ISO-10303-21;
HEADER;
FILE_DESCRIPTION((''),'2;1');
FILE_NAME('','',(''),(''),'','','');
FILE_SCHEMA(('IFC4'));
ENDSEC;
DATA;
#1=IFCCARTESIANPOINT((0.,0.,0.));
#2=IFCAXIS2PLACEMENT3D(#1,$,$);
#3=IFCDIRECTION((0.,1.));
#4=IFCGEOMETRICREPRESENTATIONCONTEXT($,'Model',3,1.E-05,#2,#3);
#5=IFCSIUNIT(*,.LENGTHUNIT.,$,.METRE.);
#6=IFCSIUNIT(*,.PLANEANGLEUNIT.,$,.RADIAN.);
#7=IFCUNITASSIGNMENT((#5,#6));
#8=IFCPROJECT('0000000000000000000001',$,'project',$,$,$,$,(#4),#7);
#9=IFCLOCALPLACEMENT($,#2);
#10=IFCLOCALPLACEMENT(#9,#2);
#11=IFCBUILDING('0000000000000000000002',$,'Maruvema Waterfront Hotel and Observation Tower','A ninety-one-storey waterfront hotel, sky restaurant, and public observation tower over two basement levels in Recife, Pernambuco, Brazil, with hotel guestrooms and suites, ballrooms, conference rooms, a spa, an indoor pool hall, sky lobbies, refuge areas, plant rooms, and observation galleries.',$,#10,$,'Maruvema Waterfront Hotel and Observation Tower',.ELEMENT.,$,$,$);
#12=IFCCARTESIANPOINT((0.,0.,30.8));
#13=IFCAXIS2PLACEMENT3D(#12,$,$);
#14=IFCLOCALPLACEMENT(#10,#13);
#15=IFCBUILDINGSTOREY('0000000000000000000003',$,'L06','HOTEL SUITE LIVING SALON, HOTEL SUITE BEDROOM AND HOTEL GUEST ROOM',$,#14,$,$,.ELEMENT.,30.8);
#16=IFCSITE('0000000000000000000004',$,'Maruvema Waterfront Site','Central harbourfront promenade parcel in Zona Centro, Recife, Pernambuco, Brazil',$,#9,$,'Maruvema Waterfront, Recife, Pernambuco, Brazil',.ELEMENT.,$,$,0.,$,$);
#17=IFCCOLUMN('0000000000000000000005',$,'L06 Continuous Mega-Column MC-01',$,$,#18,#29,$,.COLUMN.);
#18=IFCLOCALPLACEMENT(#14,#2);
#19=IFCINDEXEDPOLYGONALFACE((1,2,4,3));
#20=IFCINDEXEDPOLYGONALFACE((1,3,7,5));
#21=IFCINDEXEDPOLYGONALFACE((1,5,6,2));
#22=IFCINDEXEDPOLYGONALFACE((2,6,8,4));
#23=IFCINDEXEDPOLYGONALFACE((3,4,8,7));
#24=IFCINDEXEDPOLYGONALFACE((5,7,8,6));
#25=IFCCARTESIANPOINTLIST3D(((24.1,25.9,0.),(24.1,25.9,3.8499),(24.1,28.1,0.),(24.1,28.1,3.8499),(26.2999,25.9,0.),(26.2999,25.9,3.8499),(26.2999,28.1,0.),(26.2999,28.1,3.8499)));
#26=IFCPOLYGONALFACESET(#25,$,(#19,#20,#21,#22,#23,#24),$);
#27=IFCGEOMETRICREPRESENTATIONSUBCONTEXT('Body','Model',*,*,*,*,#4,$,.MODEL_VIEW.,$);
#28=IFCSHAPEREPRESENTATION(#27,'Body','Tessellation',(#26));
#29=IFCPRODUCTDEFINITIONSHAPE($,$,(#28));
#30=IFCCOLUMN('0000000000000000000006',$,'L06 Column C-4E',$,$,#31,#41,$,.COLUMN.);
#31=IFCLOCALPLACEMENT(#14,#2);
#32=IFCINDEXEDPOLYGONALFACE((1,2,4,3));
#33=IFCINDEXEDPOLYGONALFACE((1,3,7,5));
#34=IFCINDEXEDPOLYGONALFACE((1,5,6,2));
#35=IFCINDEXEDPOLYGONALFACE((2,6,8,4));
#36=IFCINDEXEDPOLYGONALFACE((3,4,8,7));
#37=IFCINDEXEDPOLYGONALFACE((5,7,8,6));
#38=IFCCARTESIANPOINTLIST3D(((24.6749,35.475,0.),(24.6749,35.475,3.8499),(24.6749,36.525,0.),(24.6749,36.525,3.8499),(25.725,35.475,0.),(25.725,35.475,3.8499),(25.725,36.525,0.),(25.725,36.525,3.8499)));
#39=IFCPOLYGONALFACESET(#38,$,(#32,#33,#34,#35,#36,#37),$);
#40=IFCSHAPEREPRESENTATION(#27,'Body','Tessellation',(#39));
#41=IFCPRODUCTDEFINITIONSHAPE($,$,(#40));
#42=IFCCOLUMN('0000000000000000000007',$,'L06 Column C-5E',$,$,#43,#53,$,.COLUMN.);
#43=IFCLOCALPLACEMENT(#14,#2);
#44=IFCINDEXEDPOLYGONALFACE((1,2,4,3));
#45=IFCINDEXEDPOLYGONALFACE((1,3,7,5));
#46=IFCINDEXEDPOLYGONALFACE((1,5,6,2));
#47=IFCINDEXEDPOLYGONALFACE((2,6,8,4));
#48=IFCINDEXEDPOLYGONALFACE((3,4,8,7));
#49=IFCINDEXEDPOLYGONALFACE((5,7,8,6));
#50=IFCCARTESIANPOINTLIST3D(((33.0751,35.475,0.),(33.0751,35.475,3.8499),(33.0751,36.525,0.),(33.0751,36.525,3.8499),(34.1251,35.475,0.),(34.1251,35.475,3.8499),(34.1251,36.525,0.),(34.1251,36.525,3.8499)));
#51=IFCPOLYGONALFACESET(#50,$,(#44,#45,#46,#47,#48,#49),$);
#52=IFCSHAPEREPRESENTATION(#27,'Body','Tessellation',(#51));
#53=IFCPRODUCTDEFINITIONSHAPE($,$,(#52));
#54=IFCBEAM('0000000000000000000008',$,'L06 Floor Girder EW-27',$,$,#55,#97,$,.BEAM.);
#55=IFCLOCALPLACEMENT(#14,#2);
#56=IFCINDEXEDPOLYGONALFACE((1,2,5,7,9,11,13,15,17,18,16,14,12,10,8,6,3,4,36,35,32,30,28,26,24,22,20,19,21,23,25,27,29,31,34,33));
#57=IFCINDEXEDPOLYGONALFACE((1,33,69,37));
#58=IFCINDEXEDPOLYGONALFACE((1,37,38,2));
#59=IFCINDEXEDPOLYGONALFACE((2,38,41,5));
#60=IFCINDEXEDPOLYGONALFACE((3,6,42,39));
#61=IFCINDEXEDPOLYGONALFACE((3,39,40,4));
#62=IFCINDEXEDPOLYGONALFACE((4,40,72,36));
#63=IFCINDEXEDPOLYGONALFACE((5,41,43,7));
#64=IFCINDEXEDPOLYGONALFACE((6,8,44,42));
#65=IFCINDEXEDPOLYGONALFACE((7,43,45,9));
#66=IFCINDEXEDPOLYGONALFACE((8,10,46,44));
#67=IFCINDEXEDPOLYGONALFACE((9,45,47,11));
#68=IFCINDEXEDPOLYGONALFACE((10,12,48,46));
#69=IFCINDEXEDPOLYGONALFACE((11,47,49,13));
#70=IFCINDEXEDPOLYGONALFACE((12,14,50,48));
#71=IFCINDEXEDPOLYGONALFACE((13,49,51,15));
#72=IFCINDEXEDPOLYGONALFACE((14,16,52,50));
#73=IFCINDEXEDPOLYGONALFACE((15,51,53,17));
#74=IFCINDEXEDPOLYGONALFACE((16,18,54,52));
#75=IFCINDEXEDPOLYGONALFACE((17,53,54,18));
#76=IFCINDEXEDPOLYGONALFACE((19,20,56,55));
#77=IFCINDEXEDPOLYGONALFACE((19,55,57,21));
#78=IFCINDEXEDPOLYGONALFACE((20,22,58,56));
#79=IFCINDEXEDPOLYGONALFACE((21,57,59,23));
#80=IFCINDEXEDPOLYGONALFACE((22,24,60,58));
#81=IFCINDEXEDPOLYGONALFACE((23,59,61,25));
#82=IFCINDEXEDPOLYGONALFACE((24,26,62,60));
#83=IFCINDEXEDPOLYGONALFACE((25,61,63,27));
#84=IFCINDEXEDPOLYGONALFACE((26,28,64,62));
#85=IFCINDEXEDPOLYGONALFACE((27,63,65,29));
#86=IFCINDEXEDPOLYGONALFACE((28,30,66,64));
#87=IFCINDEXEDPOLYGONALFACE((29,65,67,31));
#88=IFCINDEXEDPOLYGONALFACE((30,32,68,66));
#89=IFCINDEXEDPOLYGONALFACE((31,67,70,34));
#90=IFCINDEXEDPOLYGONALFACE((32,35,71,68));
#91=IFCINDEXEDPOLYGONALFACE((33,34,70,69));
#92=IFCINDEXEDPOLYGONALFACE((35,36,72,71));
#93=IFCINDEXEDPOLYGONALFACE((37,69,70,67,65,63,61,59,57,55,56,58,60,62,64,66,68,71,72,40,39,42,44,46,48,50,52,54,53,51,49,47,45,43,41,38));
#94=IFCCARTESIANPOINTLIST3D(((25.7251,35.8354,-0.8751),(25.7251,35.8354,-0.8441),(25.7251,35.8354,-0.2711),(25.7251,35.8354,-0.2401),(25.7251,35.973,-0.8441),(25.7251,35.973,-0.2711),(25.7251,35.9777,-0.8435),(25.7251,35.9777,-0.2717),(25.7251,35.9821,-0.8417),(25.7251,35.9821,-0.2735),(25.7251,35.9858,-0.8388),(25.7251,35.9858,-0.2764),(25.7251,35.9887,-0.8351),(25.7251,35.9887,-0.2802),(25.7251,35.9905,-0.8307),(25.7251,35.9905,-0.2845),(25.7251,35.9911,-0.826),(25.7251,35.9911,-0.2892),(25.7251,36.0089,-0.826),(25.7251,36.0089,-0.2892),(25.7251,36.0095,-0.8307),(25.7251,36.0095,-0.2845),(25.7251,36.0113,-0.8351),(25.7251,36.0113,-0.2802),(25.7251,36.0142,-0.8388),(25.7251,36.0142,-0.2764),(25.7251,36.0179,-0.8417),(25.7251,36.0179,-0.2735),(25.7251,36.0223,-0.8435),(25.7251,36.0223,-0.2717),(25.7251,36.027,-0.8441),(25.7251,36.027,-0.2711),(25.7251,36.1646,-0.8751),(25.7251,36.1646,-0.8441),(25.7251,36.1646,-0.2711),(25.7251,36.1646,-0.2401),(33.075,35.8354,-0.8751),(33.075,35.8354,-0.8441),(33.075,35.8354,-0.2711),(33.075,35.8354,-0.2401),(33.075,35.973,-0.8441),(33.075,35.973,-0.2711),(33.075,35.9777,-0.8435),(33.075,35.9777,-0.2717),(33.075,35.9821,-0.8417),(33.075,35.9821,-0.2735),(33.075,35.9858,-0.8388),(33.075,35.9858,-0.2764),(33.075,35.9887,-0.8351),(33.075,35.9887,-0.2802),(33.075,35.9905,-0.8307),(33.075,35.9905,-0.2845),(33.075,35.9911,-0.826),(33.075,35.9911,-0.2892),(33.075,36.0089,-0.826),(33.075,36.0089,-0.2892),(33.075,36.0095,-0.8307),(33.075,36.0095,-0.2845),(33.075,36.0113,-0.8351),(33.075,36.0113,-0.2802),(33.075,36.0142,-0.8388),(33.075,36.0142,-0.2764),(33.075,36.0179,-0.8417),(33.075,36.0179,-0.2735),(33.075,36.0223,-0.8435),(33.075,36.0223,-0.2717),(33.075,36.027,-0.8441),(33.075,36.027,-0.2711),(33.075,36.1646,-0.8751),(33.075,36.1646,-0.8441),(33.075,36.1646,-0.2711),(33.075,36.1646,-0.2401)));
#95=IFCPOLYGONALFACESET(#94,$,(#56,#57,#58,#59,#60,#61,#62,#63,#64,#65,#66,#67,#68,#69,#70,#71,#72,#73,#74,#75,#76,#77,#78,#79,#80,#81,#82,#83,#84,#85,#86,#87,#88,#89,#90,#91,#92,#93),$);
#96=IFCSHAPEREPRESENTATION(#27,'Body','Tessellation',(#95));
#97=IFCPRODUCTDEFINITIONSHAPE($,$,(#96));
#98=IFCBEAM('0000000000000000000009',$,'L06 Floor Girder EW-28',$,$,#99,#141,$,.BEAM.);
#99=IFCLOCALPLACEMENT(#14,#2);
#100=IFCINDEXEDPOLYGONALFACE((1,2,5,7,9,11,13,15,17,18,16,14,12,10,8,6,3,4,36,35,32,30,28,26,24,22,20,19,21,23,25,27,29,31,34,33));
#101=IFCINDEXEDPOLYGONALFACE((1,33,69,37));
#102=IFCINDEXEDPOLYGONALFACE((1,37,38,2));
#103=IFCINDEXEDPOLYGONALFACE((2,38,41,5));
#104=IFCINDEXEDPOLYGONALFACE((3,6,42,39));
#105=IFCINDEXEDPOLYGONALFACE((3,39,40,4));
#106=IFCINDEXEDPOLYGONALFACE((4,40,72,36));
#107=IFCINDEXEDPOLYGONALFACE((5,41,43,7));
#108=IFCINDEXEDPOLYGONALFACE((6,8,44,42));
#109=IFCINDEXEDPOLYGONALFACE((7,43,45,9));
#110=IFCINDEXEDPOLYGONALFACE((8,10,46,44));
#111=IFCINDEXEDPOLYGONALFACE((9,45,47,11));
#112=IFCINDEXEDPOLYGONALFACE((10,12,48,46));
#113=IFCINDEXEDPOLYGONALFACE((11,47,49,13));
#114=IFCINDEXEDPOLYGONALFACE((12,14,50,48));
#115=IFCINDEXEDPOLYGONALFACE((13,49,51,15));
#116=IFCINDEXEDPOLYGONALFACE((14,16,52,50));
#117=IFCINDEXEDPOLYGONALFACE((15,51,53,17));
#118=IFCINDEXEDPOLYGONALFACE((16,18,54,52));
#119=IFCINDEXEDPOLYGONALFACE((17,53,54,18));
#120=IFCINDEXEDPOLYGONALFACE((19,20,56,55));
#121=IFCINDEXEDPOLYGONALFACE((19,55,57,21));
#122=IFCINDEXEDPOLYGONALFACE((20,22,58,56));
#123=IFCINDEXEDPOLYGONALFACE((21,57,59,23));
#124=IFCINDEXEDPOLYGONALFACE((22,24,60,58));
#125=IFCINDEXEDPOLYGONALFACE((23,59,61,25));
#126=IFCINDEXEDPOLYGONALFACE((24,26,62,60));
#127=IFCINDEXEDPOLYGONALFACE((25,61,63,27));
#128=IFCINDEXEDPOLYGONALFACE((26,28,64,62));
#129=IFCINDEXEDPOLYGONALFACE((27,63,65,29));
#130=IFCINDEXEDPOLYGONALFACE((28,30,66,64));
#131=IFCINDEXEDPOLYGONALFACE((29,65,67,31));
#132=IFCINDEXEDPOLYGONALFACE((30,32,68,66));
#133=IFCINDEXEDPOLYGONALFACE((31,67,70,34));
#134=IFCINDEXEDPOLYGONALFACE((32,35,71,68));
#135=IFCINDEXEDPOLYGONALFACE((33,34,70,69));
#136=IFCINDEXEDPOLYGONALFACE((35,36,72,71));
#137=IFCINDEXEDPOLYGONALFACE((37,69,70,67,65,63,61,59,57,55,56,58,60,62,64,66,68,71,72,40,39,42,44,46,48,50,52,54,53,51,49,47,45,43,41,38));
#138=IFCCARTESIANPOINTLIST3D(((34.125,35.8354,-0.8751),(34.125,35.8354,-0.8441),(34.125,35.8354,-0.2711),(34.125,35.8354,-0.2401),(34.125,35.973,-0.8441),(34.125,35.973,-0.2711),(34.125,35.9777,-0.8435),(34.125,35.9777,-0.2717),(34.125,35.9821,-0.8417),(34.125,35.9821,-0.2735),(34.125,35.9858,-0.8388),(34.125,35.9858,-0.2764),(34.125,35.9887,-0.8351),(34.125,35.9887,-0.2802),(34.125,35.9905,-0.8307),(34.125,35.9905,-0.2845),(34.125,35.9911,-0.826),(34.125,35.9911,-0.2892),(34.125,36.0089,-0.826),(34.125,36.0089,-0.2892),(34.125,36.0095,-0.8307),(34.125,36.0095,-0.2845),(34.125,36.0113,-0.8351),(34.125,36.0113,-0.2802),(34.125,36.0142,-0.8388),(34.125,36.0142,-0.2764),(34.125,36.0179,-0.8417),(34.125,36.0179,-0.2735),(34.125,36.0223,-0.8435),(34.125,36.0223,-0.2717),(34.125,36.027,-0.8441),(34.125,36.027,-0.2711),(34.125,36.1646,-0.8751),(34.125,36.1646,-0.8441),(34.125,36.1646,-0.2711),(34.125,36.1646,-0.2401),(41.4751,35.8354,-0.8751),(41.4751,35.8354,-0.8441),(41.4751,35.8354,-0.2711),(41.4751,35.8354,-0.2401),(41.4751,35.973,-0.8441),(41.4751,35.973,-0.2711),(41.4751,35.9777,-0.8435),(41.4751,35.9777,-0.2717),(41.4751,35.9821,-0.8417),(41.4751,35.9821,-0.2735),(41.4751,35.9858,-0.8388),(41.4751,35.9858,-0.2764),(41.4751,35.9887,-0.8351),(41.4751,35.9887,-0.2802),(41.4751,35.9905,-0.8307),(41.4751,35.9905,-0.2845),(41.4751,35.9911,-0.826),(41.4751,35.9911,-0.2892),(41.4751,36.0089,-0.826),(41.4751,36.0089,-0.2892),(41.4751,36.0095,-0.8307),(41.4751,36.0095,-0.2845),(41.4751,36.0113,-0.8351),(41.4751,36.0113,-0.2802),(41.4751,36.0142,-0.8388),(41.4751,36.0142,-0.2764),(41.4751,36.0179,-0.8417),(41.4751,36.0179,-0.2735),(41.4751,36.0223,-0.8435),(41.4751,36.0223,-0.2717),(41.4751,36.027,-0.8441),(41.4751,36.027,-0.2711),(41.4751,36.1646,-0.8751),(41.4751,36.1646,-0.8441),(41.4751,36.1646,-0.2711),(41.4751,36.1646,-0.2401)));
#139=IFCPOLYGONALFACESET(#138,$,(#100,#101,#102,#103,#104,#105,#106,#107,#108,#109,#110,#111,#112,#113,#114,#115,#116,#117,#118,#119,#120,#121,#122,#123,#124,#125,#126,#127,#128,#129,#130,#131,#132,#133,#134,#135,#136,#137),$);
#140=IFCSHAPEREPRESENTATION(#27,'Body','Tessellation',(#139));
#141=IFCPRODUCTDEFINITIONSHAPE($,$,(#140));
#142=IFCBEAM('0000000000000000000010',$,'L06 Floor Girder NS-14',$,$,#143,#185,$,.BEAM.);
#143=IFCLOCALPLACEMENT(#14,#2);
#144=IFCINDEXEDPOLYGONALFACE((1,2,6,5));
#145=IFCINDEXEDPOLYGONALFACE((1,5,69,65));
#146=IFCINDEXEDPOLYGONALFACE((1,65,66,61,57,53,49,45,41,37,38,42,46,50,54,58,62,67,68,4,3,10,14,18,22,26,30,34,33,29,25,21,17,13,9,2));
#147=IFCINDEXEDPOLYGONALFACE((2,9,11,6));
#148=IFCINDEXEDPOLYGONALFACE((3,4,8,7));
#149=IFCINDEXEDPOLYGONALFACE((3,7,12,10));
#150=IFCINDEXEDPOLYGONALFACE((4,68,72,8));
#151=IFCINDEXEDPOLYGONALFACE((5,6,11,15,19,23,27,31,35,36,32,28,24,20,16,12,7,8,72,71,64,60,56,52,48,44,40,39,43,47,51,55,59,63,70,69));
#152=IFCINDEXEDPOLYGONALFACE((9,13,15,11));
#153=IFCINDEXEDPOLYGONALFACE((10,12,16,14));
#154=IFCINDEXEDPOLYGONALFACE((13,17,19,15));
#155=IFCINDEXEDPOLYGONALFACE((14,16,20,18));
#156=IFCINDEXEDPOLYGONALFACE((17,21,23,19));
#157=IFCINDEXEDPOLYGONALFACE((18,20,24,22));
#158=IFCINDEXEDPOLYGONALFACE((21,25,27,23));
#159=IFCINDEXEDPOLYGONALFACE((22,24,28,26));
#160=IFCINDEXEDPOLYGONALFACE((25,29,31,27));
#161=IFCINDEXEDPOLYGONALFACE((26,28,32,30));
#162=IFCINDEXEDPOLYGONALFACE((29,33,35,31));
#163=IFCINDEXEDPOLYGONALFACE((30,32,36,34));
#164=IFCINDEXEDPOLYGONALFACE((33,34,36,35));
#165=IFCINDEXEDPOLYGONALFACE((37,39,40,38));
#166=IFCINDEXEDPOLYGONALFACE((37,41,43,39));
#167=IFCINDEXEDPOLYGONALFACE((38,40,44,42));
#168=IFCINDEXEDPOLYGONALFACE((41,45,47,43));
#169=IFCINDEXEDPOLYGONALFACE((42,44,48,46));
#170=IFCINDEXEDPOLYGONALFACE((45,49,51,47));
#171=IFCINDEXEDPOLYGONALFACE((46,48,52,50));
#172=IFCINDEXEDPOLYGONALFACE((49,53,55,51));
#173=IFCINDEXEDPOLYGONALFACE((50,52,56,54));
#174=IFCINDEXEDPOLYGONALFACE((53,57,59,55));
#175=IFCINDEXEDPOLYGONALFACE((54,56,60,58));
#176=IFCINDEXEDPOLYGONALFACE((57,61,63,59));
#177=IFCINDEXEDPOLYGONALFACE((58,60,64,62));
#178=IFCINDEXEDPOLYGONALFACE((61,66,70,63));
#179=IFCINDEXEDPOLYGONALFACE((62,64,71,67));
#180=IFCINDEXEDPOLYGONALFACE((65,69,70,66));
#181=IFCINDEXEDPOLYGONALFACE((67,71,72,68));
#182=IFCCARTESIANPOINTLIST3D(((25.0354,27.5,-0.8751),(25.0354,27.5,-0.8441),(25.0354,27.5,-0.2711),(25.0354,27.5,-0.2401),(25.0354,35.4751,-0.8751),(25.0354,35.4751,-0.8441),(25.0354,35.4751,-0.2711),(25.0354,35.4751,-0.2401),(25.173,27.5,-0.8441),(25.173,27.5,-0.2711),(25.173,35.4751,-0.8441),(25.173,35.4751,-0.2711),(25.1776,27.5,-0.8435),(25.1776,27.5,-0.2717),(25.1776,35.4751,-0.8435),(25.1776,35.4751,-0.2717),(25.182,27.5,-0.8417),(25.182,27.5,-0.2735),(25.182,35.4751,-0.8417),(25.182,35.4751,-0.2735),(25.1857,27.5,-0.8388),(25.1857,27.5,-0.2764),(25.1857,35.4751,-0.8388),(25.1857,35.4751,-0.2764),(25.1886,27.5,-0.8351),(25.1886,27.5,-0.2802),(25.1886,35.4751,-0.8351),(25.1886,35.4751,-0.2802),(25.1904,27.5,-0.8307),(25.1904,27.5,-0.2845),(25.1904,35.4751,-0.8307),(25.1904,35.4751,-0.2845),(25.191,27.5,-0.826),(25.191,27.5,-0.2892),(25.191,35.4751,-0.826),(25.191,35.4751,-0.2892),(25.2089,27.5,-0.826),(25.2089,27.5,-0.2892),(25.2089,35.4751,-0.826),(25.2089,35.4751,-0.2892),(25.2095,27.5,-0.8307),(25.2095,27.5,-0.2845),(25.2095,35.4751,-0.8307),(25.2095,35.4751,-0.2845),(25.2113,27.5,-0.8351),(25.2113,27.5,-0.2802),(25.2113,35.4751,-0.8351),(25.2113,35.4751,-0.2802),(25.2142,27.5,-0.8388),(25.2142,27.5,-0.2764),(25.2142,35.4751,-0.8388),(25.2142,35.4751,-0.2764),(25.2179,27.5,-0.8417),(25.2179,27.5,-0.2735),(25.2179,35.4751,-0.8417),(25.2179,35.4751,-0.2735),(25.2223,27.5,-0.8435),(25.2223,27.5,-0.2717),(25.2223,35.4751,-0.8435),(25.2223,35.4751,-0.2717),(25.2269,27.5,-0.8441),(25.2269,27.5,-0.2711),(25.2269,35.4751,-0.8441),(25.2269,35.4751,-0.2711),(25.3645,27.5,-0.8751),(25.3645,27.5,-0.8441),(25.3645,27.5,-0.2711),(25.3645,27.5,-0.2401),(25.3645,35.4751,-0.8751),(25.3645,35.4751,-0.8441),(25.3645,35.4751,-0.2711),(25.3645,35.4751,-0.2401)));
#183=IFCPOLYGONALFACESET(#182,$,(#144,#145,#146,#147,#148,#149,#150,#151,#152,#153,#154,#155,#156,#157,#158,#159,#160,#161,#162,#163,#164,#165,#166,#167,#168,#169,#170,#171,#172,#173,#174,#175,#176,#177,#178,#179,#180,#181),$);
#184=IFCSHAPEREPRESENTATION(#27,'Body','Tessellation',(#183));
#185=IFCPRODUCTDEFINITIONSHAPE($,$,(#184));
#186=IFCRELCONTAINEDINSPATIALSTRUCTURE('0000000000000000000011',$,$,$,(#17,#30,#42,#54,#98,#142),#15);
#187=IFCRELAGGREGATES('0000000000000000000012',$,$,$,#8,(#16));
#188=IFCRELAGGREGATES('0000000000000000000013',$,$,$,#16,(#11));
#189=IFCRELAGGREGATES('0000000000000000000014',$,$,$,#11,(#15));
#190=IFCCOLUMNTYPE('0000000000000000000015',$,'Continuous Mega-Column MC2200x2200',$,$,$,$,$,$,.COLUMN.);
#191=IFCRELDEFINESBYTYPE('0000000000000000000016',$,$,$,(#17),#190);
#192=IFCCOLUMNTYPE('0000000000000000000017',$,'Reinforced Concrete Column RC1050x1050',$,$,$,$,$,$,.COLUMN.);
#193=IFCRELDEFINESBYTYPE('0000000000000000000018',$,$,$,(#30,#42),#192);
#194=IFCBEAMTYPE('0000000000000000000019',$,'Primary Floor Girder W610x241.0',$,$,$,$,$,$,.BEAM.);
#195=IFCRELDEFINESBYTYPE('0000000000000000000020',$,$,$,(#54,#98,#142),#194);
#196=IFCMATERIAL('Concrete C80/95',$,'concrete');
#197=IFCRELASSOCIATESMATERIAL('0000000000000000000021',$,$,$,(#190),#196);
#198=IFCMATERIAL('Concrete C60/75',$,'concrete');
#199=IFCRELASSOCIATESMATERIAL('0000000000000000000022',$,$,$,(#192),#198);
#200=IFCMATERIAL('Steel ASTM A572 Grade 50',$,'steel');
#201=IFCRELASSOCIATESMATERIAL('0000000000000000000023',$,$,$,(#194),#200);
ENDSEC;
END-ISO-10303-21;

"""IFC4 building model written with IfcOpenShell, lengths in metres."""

from ifc_helpers import new_model, si_unit, direction, frame, origin, origin_2d, place, context, subcontext, project, spatial, rectangle, i_section, extrude, material, material_profile, profile_set, type_object, element, save


model = new_model("IFC4")

# Units and contexts
model_context = context("Model", 3, precision=1e-05, world=origin(), true_north=direction((0.0, 1.0)))
body_context = subcontext(model_context, "Body", "Model", "MODEL_VIEW")
ifc_project = project(units=[si_unit("LENGTHUNIT", "METRE"), si_unit("PLANEANGLEUNIT", "RADIAN")], contexts=[model_context])

# Site, building, storey
site_placement = place(None, origin())
site = spatial("IfcSite", under=ifc_project, at=site_placement, Name="Maruvema Waterfront Site", Description="Central harbourfront promenade parcel in Zona Centro, Recife, Pernambuco, Brazil", LongName="Maruvema Waterfront, Recife, Pernambuco, Brazil", CompositionType="ELEMENT", RefElevation=0.0)
building_placement = place(site_placement, origin())
building = spatial("IfcBuilding", under=site, at=building_placement, Name="Maruvema Waterfront Hotel and Observation Tower", Description="A ninety-one-storey waterfront hotel, sky restaurant, and public observation tower over two basement levels in Recife, Pernambuco, Brazil, with hotel guestrooms and suites, ballrooms, conference rooms, a spa, an indoor pool hall, sky lobbies, refuge areas, plant rooms, and observation galleries.", LongName="Maruvema Waterfront Hotel and Observation Tower", CompositionType="ELEMENT")
storey_placement = place(building_placement, frame((0.0, 0.0, 30.8)))
storey = spatial("IfcBuildingStorey", under=building, at=storey_placement, Name="L06", Description="HOTEL SUITE LIVING SALON, HOTEL SUITE BEDROOM AND HOTEL GUEST ROOM", CompositionType="ELEMENT", Elevation=30.8)

# Columns
ifc_material_1 = material(Name="Concrete C80/95", Category="concrete")
ifc_material_profile_1 = material_profile(ifc_material_1, rectangle(XDim=2.2, YDim=2.2, at=origin_2d()), Name="MC2200x2200")
ifc_profile_set_1 = profile_set([ifc_material_profile_1], Name="Concrete C80/95")
column_type_1 = type_object("IfcColumnType", Name="Continuous Mega-Column MC2200x2200", PredefinedType="COLUMN", material=ifc_profile_set_1)
column_placement = place(storey_placement, frame((25.2, 27.0, 0.0), z_axis=(0.0, 0.0, 1.0), x_axis=(1.0, 0.0, 0.0)))
element("IfcColumn", 1, at=column_placement, inside=storey, type_object=column_type_1, Name="L06 Continuous Mega-Column MC-01", PredefinedType="COLUMN", context=body_context, shape_type="SweptSolid", body=[
    extrude(rectangle(XDim=2.2, YDim=2.2, at=origin_2d()), origin(), (0.0, 0.0, 1.0), 3.8499),
])
ifc_material_2 = material(Name="Concrete C60/75", Category="concrete")
ifc_material_profile_2 = material_profile(ifc_material_2, rectangle(XDim=1.05, YDim=1.05, at=origin_2d()), Name="RC1050x1050")
ifc_profile_set_2 = profile_set([ifc_material_profile_2], Name="Concrete C60/75")
column_type_2 = type_object("IfcColumnType", Name="Reinforced Concrete Column RC1050x1050", PredefinedType="COLUMN", material=ifc_profile_set_2)
for number, where, z_axis, x_axis, name in (
    (2, (25.2, 36.0, 0.0), (0.0, 0.0, 1.0), (1.0, 0.0, 0.0), "L06 Column C-4E"),
    (3, (33.6001, 36.0, 0.0), (0.0, 0.0, 1.0), (1.0, 0.0, 0.0), "L06 Column C-5E"),
):
    element("IfcColumn", number, at=place(storey_placement, frame(where, z_axis=z_axis, x_axis=x_axis)), inside=storey, type_object=column_type_2, Name=name, PredefinedType="COLUMN", context=body_context, shape_type="SweptSolid", body=[
        extrude(rectangle(XDim=1.05, YDim=1.05, at=origin_2d()), origin(), (0.0, 0.0, 1.0), 3.8499),
    ])

# Beams
ifc_material_3 = material(Name="Steel ASTM A572 Grade 50", Category="steel")
ifc_material_profile_3 = material_profile(ifc_material_3, i_section(OverallWidth=0.3291, OverallDepth=0.635, WebThickness=0.0178, FlangeThickness=0.031, FilletRadius=0.0181, at=origin_2d()), Name="W610x241.0")
ifc_profile_set_3 = profile_set([ifc_material_profile_3], Name="Steel ASTM A572 Grade 50")
beam_type_1 = type_object("IfcBeamType", Name="Primary Floor Girder W610x241.0", PredefinedType="BEAM", material=ifc_profile_set_3)
beam_1_placement = place(storey_placement, frame((25.7251, 36.0, -0.5576), z_axis=(1.0, 0.0, 0.0), x_axis=(0.0, 1.0, 0.0)))
element("IfcBeam", 4, at=beam_1_placement, inside=storey, type_object=beam_type_1, Name="L06 Floor Girder EW-27", PredefinedType="BEAM", context=body_context, shape_type="SweptSolid", body=[
    extrude(i_section(OverallWidth=0.3291, OverallDepth=0.635, WebThickness=0.0178, FlangeThickness=0.031, FilletRadius=0.0181, at=origin_2d()), origin(), (0.0, 0.0, 1.0), 7.3499),
])
beam_2_placement = place(storey_placement, frame((34.125, 36.0, -0.5576), z_axis=(1.0, 0.0, 0.0), x_axis=(0.0, 1.0, 0.0)))
element("IfcBeam", 5, at=beam_2_placement, inside=storey, type_object=beam_type_1, Name="L06 Floor Girder EW-28", PredefinedType="BEAM", context=body_context, shape_type="SweptSolid", body=[
    extrude(i_section(OverallWidth=0.3291, OverallDepth=0.635, WebThickness=0.0178, FlangeThickness=0.031, FilletRadius=0.0181, at=origin_2d()), origin(), (0.0, 0.0, 1.0), 7.3501),
])
for number, where, z_axis, x_axis, name in (
    (6, (25.2, 27.5, -0.5576), (0.0, 1.0, 0.0), (-1.0, 0.0, 0.0), "L06 Floor Girder NS-14"),
):
    element("IfcBeam", number, at=place(storey_placement, frame(where, z_axis=z_axis, x_axis=x_axis)), inside=storey, type_object=beam_type_1, Name=name, PredefinedType="BEAM", context=body_context, shape_type="SweptSolid", body=[
        extrude(i_section(OverallWidth=0.3291, OverallDepth=0.635, WebThickness=0.0178, FlangeThickness=0.031, FilletRadius=0.0181, at=origin_2d()), origin(), (0.0, 0.0, 1.0), 7.9751),
    ])

save(model, "model.ifc")
